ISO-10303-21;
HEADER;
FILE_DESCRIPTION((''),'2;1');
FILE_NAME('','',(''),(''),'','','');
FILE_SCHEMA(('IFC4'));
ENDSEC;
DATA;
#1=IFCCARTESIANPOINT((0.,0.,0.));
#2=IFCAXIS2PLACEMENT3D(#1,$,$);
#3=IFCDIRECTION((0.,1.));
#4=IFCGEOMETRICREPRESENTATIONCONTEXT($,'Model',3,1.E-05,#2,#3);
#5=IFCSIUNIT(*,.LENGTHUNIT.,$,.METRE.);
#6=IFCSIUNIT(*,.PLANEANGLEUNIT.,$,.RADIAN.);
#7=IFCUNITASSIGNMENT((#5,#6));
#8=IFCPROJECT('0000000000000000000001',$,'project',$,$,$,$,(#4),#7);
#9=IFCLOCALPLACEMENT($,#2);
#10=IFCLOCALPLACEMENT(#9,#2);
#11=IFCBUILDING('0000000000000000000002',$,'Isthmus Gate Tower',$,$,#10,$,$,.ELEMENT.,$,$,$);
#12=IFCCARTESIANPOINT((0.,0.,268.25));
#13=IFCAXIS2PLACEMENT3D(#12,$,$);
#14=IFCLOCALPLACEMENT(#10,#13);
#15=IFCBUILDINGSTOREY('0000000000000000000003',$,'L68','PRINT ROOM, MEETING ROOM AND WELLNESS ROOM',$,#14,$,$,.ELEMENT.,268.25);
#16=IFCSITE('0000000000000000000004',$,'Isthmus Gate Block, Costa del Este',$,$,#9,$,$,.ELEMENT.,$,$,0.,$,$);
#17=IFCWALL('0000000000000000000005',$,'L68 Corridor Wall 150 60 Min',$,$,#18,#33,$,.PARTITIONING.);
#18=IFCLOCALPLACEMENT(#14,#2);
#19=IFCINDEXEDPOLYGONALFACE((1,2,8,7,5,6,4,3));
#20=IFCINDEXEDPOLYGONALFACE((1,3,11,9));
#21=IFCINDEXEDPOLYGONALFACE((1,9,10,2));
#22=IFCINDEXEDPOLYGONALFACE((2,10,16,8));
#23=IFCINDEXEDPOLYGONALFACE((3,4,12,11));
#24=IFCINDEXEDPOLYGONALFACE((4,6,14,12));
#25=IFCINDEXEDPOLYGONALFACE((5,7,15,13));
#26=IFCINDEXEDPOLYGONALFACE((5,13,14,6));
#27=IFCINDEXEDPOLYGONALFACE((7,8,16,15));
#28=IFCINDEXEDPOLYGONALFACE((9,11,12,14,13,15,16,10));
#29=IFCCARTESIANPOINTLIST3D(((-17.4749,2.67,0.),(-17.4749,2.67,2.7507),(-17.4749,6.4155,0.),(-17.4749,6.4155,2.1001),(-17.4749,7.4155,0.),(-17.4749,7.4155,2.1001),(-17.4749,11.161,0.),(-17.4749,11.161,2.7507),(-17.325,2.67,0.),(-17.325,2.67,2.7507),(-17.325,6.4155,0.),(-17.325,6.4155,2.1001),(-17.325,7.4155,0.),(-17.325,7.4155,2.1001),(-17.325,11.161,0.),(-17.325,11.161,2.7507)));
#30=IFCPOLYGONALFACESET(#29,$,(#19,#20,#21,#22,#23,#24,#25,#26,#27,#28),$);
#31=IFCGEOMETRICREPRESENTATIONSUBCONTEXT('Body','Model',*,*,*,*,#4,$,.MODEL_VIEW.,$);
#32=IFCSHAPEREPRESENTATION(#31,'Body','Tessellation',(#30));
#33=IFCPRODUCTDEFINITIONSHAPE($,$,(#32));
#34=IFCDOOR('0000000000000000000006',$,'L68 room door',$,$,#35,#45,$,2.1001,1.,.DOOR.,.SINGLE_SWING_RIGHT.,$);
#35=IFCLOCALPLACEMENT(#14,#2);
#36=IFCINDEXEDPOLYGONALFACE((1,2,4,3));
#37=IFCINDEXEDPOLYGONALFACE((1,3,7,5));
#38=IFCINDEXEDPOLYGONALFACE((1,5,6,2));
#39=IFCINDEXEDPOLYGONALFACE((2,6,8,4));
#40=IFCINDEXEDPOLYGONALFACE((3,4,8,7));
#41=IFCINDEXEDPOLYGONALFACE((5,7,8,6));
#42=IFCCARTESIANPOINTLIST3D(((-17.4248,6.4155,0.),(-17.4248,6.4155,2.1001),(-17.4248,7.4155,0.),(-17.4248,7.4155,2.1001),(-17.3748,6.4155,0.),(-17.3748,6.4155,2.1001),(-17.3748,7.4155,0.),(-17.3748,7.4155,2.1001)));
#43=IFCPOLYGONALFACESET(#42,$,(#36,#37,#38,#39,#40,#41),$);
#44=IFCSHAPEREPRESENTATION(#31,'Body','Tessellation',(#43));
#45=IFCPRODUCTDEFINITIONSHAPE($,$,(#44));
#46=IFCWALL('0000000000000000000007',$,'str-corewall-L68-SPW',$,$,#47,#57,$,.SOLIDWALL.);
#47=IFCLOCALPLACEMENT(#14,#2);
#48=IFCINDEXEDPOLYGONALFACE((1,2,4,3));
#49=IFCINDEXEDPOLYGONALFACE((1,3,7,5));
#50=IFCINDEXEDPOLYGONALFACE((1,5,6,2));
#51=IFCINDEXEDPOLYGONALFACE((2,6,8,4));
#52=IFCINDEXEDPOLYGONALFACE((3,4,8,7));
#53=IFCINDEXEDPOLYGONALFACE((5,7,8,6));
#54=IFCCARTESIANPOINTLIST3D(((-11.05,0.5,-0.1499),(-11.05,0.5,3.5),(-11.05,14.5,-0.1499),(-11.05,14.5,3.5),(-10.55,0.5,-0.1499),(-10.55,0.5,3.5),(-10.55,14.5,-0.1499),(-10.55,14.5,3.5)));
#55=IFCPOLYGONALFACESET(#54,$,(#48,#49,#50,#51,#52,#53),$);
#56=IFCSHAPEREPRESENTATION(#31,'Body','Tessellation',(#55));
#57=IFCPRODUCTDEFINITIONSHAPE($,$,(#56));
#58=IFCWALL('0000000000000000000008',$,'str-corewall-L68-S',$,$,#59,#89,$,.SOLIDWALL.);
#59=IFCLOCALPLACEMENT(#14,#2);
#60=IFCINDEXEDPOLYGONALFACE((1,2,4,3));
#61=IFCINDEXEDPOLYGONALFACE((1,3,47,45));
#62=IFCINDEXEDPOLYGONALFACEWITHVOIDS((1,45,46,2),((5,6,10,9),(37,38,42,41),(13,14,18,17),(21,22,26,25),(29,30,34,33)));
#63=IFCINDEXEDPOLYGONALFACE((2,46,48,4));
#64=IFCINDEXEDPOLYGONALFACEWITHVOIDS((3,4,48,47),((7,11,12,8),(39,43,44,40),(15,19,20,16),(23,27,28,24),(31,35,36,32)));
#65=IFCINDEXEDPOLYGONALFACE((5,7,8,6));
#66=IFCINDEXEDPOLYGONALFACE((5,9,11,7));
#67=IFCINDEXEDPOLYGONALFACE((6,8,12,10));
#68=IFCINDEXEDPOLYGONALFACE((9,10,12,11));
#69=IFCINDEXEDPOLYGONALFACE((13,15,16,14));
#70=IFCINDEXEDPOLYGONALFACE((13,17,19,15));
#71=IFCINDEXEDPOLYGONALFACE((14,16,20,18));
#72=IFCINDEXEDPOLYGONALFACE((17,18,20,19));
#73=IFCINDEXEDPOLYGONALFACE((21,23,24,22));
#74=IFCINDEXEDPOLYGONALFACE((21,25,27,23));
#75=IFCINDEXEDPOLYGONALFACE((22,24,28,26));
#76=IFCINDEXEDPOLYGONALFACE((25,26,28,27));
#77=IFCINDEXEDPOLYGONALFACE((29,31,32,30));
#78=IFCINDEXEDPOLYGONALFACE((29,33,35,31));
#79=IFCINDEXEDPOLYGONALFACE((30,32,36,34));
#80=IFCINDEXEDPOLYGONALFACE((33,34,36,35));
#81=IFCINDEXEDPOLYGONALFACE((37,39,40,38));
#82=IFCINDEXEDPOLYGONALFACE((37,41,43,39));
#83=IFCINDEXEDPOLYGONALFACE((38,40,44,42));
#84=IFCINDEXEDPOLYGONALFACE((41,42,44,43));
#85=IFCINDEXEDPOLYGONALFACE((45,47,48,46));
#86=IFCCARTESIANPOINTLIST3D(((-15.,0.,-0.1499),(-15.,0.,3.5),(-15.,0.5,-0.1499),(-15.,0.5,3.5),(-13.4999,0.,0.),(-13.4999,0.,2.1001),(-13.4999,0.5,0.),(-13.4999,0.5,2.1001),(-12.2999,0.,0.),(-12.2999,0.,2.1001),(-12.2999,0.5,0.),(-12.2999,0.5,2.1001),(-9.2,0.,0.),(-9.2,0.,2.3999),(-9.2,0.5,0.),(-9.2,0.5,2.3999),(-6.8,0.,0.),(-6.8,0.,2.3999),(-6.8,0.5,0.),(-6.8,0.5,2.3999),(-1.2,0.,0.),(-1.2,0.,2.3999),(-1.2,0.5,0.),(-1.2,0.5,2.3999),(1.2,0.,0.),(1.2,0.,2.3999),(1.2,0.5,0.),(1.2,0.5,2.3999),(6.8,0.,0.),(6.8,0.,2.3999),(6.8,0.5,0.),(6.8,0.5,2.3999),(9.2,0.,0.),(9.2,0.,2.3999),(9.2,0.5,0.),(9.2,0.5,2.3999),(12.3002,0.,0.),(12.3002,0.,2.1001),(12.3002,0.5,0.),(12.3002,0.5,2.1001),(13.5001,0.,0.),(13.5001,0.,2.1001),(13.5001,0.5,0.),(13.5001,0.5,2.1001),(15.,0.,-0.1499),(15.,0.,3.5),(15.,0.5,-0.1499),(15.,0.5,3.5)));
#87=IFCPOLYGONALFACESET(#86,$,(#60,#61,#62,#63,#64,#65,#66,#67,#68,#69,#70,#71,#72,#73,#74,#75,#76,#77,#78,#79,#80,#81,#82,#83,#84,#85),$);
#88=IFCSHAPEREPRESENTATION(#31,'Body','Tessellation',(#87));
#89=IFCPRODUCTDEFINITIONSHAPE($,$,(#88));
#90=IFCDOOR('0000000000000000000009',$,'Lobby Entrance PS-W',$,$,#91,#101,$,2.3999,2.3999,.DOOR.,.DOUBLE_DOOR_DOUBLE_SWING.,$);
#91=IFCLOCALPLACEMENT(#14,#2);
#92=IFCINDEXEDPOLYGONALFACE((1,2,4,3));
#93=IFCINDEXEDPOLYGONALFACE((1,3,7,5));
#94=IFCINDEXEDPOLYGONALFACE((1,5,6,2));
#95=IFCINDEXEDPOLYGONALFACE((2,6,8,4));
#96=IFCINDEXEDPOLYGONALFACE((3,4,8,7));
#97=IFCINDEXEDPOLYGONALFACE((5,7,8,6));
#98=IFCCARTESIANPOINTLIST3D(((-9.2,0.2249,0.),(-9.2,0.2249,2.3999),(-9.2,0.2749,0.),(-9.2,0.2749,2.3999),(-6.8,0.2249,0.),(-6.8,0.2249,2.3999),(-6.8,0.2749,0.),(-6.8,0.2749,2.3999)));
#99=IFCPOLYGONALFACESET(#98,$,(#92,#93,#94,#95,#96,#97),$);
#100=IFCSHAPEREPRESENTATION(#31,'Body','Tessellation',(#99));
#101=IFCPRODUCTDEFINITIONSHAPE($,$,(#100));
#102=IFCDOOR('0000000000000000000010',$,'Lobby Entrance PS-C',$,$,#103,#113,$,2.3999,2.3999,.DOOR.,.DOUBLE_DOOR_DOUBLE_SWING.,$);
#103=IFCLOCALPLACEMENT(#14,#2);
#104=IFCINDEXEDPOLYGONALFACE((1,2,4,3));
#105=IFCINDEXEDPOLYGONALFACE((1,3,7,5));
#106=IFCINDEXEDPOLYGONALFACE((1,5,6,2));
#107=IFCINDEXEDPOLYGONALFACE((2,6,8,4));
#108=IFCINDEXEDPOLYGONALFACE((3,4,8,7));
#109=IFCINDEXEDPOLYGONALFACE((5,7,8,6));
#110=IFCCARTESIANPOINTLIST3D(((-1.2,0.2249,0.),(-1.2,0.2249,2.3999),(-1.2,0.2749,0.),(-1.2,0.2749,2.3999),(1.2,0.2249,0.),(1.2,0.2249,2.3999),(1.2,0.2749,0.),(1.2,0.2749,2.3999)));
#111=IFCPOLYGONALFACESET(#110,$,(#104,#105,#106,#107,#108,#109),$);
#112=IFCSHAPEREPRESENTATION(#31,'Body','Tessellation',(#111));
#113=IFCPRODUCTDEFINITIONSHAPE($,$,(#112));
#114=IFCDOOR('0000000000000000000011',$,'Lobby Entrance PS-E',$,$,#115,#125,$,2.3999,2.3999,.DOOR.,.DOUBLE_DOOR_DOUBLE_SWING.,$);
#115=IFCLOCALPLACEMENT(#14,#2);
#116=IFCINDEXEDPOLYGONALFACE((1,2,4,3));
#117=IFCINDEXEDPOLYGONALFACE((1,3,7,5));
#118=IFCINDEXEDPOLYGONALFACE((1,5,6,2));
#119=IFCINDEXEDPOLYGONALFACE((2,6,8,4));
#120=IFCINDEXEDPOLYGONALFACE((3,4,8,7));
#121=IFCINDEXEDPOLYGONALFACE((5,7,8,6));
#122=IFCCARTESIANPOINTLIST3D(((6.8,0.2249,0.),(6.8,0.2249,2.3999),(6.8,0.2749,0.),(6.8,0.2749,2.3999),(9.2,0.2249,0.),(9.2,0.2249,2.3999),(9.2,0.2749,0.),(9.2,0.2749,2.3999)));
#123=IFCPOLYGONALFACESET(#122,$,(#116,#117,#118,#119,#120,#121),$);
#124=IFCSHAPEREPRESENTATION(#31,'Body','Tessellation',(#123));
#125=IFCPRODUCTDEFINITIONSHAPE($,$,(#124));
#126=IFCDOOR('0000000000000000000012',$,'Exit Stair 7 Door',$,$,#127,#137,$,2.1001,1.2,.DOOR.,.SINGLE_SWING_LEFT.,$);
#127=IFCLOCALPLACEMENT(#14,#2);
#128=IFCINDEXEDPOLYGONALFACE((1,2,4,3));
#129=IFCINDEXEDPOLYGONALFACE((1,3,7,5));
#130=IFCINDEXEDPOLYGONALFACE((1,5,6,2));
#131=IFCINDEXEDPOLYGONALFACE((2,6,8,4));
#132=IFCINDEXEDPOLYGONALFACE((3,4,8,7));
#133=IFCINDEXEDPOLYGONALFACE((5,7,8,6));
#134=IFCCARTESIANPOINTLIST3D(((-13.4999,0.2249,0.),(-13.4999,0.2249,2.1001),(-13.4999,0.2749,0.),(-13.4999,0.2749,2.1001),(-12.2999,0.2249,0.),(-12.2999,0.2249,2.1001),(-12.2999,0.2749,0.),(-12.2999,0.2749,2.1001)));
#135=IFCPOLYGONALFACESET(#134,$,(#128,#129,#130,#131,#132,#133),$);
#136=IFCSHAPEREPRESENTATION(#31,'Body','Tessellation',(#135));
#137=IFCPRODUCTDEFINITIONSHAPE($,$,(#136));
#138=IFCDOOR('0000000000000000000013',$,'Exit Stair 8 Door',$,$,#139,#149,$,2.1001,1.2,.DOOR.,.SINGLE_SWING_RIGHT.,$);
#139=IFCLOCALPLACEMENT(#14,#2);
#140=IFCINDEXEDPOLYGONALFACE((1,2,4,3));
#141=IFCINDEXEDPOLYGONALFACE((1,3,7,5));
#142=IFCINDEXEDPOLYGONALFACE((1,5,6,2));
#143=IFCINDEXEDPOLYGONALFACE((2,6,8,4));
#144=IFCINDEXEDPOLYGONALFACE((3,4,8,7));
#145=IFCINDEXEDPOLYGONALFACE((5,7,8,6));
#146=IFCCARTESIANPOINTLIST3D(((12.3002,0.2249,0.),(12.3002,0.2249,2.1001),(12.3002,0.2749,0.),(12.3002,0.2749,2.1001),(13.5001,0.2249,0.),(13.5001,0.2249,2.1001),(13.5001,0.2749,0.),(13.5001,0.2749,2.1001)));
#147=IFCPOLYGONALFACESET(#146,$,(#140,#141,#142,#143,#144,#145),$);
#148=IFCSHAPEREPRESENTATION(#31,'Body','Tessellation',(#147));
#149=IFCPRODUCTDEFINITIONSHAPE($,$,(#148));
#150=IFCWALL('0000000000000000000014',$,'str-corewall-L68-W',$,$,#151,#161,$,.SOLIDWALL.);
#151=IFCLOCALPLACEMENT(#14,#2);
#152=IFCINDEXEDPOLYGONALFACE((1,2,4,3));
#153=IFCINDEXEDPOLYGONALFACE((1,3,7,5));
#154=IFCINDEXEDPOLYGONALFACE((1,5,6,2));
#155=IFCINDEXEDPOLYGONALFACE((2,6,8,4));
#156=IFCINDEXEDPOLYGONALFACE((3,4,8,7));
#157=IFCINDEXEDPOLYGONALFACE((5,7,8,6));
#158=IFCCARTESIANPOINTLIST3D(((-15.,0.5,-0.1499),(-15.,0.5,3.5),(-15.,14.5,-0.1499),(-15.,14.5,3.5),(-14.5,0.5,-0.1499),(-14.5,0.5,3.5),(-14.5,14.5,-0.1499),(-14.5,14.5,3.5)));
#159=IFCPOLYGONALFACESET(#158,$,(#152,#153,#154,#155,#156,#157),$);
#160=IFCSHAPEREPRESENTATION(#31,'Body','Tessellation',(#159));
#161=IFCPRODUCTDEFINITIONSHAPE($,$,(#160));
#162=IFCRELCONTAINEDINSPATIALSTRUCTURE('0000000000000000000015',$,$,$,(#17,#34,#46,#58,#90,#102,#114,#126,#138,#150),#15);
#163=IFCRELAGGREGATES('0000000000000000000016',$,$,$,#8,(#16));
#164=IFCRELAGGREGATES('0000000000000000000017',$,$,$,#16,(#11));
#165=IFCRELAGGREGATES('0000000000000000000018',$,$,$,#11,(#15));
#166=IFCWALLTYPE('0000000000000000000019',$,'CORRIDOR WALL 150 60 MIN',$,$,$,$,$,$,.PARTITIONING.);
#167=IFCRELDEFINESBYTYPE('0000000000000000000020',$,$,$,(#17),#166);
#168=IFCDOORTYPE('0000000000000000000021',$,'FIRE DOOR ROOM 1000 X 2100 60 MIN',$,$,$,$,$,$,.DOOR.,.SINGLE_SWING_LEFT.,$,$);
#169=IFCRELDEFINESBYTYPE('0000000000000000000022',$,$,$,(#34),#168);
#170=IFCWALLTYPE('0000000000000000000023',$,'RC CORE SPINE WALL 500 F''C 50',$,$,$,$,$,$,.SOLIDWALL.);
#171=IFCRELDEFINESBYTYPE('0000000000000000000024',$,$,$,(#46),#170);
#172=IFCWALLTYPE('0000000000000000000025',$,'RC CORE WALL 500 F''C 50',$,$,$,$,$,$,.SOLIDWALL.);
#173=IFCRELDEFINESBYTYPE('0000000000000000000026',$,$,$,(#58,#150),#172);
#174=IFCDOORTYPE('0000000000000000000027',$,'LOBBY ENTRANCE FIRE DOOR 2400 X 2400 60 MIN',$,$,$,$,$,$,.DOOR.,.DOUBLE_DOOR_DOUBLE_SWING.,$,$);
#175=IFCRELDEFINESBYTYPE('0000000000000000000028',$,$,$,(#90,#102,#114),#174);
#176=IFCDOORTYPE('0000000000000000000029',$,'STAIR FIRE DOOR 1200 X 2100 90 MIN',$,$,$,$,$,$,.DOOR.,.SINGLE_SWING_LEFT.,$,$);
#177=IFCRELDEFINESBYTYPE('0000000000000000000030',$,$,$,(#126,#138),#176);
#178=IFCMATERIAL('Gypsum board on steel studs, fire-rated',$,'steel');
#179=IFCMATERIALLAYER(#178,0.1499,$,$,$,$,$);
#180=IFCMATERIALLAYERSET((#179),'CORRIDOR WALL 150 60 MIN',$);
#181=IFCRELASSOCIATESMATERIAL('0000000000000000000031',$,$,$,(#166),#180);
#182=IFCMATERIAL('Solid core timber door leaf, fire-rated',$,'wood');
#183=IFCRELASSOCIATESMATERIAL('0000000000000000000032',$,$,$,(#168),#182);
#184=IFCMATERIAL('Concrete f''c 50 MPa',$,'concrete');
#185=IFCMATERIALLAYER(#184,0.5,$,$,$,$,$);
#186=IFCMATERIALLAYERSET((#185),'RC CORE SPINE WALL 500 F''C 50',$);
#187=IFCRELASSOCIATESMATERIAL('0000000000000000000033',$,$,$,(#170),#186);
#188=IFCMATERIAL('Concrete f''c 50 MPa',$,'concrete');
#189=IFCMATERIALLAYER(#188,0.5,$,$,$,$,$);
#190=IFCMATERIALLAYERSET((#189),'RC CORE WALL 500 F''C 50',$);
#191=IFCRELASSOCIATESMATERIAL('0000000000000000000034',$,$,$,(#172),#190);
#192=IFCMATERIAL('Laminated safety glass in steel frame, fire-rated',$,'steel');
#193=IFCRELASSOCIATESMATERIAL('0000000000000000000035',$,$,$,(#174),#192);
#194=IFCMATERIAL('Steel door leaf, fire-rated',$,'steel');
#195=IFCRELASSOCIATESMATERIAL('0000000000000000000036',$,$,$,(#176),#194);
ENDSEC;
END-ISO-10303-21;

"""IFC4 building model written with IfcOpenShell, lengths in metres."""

from ifc_helpers import new_model, si_unit, direction, frame, frame_2d, origin, place, context, subcontext, project, spatial, rectangle, extrude, material, layer, layer_set, type_object, element, fill, save


model = new_model("IFC4")

# Units and contexts
model_context = context("Model", 3, precision=1e-05, world=origin(), true_north=direction((0.0, 1.0)))
body_context = subcontext(model_context, "Body", "Model", "MODEL_VIEW")
ifc_project = project(units=[si_unit("LENGTHUNIT", "METRE"), si_unit("PLANEANGLEUNIT", "RADIAN")], contexts=[model_context])

# Site, building, storey
site_placement = place(None, origin())
site = spatial("IfcSite", under=ifc_project, at=site_placement, Name="Isthmus Gate Block, Costa del Este", CompositionType="ELEMENT", RefElevation=0.0)
building_placement = place(site_placement, origin())
building = spatial("IfcBuilding", under=site, at=building_placement, Name="Isthmus Gate Tower", CompositionType="ELEMENT")
storey_placement = place(building_placement, frame((0.0, 0.0, 268.25)))
storey = spatial("IfcBuildingStorey", under=building, at=storey_placement, Name="L68", Description="PRINT ROOM, MEETING ROOM AND WELLNESS ROOM", CompositionType="ELEMENT", Elevation=268.25)

# Shared definitions
ifc_material_1 = material(Name="Gypsum board on steel studs, fire-rated", Category="steel")
ifc_layer_1 = layer(ifc_material_1, 0.1499)
ifc_layer_set_1 = layer_set([ifc_layer_1], Name="CORRIDOR WALL 150 60 MIN")
wall_type_1 = type_object("IfcWallType", Name="CORRIDOR WALL 150 60 MIN", PredefinedType="PARTITIONING", material=ifc_layer_set_1)

# Wall, opening, door
wall_1_placement = place(storey_placement, frame((-17.3999, 2.6699, 0.0), z_axis=(0.0, 0.0, 1.0), x_axis=(0.0, 1.0, 0.0)))
wall_1 = element("IfcWall", 1, at=wall_1_placement, inside=storey, type_object=wall_type_1, Name="L68 Corridor Wall 150 60 Min", PredefinedType="PARTITIONING", context=body_context, shape_type="SweptSolid", body=[
    extrude(rectangle(XDim=8.491, YDim=0.1499, at=frame_2d((4.2456, 0.0))), origin(), (0.0, 0.0, 1.0), 2.7507),
])
opening_1_placement = place(wall_1_placement, frame((3.7456, 0.0, 0.0)))
opening_1 = element("IfcOpeningElement", 2, at=opening_1_placement, cuts=wall_1, PredefinedType="OPENING", context=body_context, shape_type="SweptSolid", body=[
    extrude(rectangle(XDim=1.0, YDim=2.1001, at=frame_2d((0.5, 1.05))), frame((0.0, 0.085, 0.0), z_axis=(0.0, -1.0, 0.0), x_axis=(1.0, 0.0, 0.0)), (0.0, 0.0, 1.0), 0.1699),
])
ifc_material_2 = material(Name="Solid core timber door leaf, fire-rated", Category="wood")
door_type_1 = type_object("IfcDoorType", Name="FIRE DOOR ROOM 1000 X 2100 60 MIN", OperationType="SINGLE_SWING_LEFT", PredefinedType="DOOR", material=ifc_material_2)
door_1_placement = place(opening_1_placement, origin())
door_1 = element("IfcDoor", 3, at=door_1_placement, inside=storey, type_object=door_type_1, Name="L68 room door", OperationType="SINGLE_SWING_RIGHT", OverallHeight=2.1001, OverallWidth=1.0, PredefinedType="DOOR", context=body_context, shape_type="SweptSolid", body=[
    extrude(rectangle(XDim=1.0, YDim=2.1001, at=frame_2d((0.5, 1.05))), frame((0.0, 0.0249, 0.0), z_axis=(0.0, -1.0, 0.0), x_axis=(1.0, 0.0, 0.0)), (0.0, 0.0, 1.0), 0.05),
])
fill(opening_1, door_1)

# Wall
ifc_material_3 = material(Name="Concrete f'c 50 MPa", Category="concrete")
ifc_layer_2 = layer(ifc_material_3, 0.5)
ifc_layer_set_2 = layer_set([ifc_layer_2], Name="RC CORE SPINE WALL 500 F'C 50")
wall_type_2 = type_object("IfcWallType", Name="RC CORE SPINE WALL 500 F'C 50", PredefinedType="SOLIDWALL", material=ifc_layer_set_2)
wall_2_placement = place(storey_placement, frame((-10.8, 0.5, -0.1499), z_axis=(0.0, 0.0, 1.0), x_axis=(0.0, 1.0, 0.0)))
element("IfcWall", 4, at=wall_2_placement, inside=storey, type_object=wall_type_2, Name="str-corewall-L68-SPW", PredefinedType="SOLIDWALL", context=body_context, shape_type="SweptSolid", body=[
    extrude(rectangle(XDim=14.0, YDim=0.5, at=frame_2d((7.0, 0.0))), origin(), (0.0, 0.0, 1.0), 3.6499),
])

# Wall, openings, doors
ifc_material_4 = material(Name="Concrete f'c 50 MPa", Category="concrete")
ifc_layer_3 = layer(ifc_material_4, 0.5)
ifc_layer_set_3 = layer_set([ifc_layer_3], Name="RC CORE WALL 500 F'C 50")
wall_type_3 = type_object("IfcWallType", Name="RC CORE WALL 500 F'C 50", PredefinedType="SOLIDWALL", material=ifc_layer_set_3)
wall_3_placement = place(storey_placement, frame((-15.0, 0.25, -0.1499), z_axis=(0.0, 0.0, 1.0), x_axis=(1.0, 0.0, 0.0)))
wall_3 = element("IfcWall", 5, at=wall_3_placement, inside=storey, type_object=wall_type_3, Name="str-corewall-L68-S", PredefinedType="SOLIDWALL", context=body_context, shape_type="SweptSolid", body=[
    extrude(rectangle(XDim=30.0, YDim=0.5, at=frame_2d((15.0, 0.0))), origin(), (0.0, 0.0, 1.0), 3.6499),
])
opening_2_placement = place(wall_3_placement, frame((5.8, 0.0, 0.1499)))
opening_2 = element("IfcOpeningElement", 6, at=opening_2_placement, cuts=wall_3, PredefinedType="OPENING", context=body_context, shape_type="SweptSolid", body=[
    extrude(rectangle(XDim=2.3999, YDim=2.3999, at=frame_2d((1.2, 1.2))), frame((0.0, 0.26, 0.0), z_axis=(0.0, -1.0, 0.0), x_axis=(1.0, 0.0, 0.0)), (0.0, 0.0, 1.0), 0.52),
])
opening_3_placement = place(wall_3_placement, frame((13.8, 0.0, 0.1499)))
opening_3 = element("IfcOpeningElement", 7, at=opening_3_placement, cuts=wall_3, PredefinedType="OPENING", context=body_context, shape_type="SweptSolid", body=[
    extrude(rectangle(XDim=2.3999, YDim=2.3999, at=frame_2d((1.2, 1.2))), frame((0.0, 0.26, 0.0), z_axis=(0.0, -1.0, 0.0), x_axis=(1.0, 0.0, 0.0)), (0.0, 0.0, 1.0), 0.52),
])
opening_4_placement = place(wall_3_placement, frame((21.8, 0.0, 0.1499)))
opening_4 = element("IfcOpeningElement", 8, at=opening_4_placement, cuts=wall_3, PredefinedType="OPENING", context=body_context, shape_type="SweptSolid", body=[
    extrude(rectangle(XDim=2.3999, YDim=2.3999, at=frame_2d((1.2, 1.2))), frame((0.0, 0.26, 0.0), z_axis=(0.0, -1.0, 0.0), x_axis=(1.0, 0.0, 0.0)), (0.0, 0.0, 1.0), 0.52),
])
opening_5_placement = place(wall_3_placement, frame((1.5, 0.0, 0.1499)))
opening_5 = element("IfcOpeningElement", 9, at=opening_5_placement, cuts=wall_3, PredefinedType="OPENING", context=body_context, shape_type="SweptSolid", body=[
    extrude(rectangle(XDim=1.2, YDim=2.1001, at=frame_2d((0.6001, 1.05))), frame((0.0, 0.26, 0.0), z_axis=(0.0, -1.0, 0.0), x_axis=(1.0, 0.0, 0.0)), (0.0, 0.0, 1.0), 0.52),
])
opening_6_placement = place(wall_3_placement, frame((27.3, 0.0, 0.1499)))
opening_6 = element("IfcOpeningElement", 10, at=opening_6_placement, cuts=wall_3, PredefinedType="OPENING", context=body_context, shape_type="SweptSolid", body=[
    extrude(rectangle(XDim=1.2, YDim=2.1001, at=frame_2d((0.6001, 1.05))), frame((0.0, 0.26, 0.0), z_axis=(0.0, -1.0, 0.0), x_axis=(1.0, 0.0, 0.0)), (0.0, 0.0, 1.0), 0.52),
])
ifc_material_5 = material(Name="Laminated safety glass in steel frame, fire-rated", Category="steel")
door_type_2 = type_object("IfcDoorType", Name="LOBBY ENTRANCE FIRE DOOR 2400 X 2400 60 MIN", OperationType="DOUBLE_DOOR_DOUBLE_SWING", PredefinedType="DOOR", material=ifc_material_5)
door_2_placement = place(opening_2_placement, origin())
door_2 = element("IfcDoor", 11, at=door_2_placement, inside=storey, type_object=door_type_2, Name="Lobby Entrance PS-W", OperationType="DOUBLE_DOOR_DOUBLE_SWING", OverallHeight=2.3999, OverallWidth=2.3999, PredefinedType="DOOR", context=body_context, shape_type="SweptSolid", body=[
    extrude(rectangle(XDim=2.3999, YDim=2.3999, at=frame_2d((1.2, 1.2))), frame((0.0, 0.0249, 0.0), z_axis=(0.0, -1.0, 0.0), x_axis=(1.0, 0.0, 0.0)), (0.0, 0.0, 1.0), 0.05),
])
fill(opening_2, door_2)
door_3_placement = place(opening_3_placement, origin())
door_3 = element("IfcDoor", 12, at=door_3_placement, inside=storey, type_object=door_type_2, Name="Lobby Entrance PS-C", OperationType="DOUBLE_DOOR_DOUBLE_SWING", OverallHeight=2.3999, OverallWidth=2.3999, PredefinedType="DOOR", context=body_context, shape_type="SweptSolid", body=[
    extrude(rectangle(XDim=2.3999, YDim=2.3999, at=frame_2d((1.2, 1.2))), frame((0.0, 0.0249, 0.0), z_axis=(0.0, -1.0, 0.0), x_axis=(1.0, 0.0, 0.0)), (0.0, 0.0, 1.0), 0.05),
])
fill(opening_3, door_3)
door_4_placement = place(opening_4_placement, origin())
door_4 = element("IfcDoor", 13, at=door_4_placement, inside=storey, type_object=door_type_2, Name="Lobby Entrance PS-E", OperationType="DOUBLE_DOOR_DOUBLE_SWING", OverallHeight=2.3999, OverallWidth=2.3999, PredefinedType="DOOR", context=body_context, shape_type="SweptSolid", body=[
    extrude(rectangle(XDim=2.3999, YDim=2.3999, at=frame_2d((1.2, 1.2))), frame((0.0, 0.0249, 0.0), z_axis=(0.0, -1.0, 0.0), x_axis=(1.0, 0.0, 0.0)), (0.0, 0.0, 1.0), 0.05),
])
fill(opening_4, door_4)
ifc_material_6 = material(Name="Steel door leaf, fire-rated", Category="steel")
door_type_3 = type_object("IfcDoorType", Name="STAIR FIRE DOOR 1200 X 2100 90 MIN", OperationType="SINGLE_SWING_LEFT", PredefinedType="DOOR", material=ifc_material_6)
door_5_placement = place(opening_5_placement, origin())
door_5 = element("IfcDoor", 14, at=door_5_placement, inside=storey, type_object=door_type_3, Name="Exit Stair 7 Door", OperationType="SINGLE_SWING_LEFT", OverallHeight=2.1001, OverallWidth=1.2, PredefinedType="DOOR", context=body_context, shape_type="SweptSolid", body=[
    extrude(rectangle(XDim=1.2, YDim=2.1001, at=frame_2d((0.6001, 1.05))), frame((0.0, 0.0249, 0.0), z_axis=(0.0, -1.0, 0.0), x_axis=(1.0, 0.0, 0.0)), (0.0, 0.0, 1.0), 0.05),
])
fill(opening_5, door_5)
door_6_placement = place(opening_6_placement, origin())
door_6 = element("IfcDoor", 15, at=door_6_placement, inside=storey, type_object=door_type_3, Name="Exit Stair 8 Door", OperationType="SINGLE_SWING_RIGHT", OverallHeight=2.1001, OverallWidth=1.2, PredefinedType="DOOR", context=body_context, shape_type="SweptSolid", body=[
    extrude(rectangle(XDim=1.2, YDim=2.1001, at=frame_2d((0.6001, 1.05))), frame((0.0, 0.0249, 0.0), z_axis=(0.0, -1.0, 0.0), x_axis=(1.0, 0.0, 0.0)), (0.0, 0.0, 1.0), 0.05),
])
fill(opening_6, door_6)

# Wall
wall_4_placement = place(storey_placement, frame((-14.75, 0.5, -0.1499), z_axis=(0.0, 0.0, 1.0), x_axis=(0.0, 1.0, 0.0)))
element("IfcWall", 16, at=wall_4_placement, inside=storey, type_object=wall_type_3, Name="str-corewall-L68-W", PredefinedType="SOLIDWALL", context=body_context, shape_type="SweptSolid", body=[
    extrude(rectangle(XDim=14.0, YDim=0.5, at=frame_2d((7.0, 0.0))), origin(), (0.0, 0.0, 1.0), 3.6499),
])

save(model, "model.ifc")
